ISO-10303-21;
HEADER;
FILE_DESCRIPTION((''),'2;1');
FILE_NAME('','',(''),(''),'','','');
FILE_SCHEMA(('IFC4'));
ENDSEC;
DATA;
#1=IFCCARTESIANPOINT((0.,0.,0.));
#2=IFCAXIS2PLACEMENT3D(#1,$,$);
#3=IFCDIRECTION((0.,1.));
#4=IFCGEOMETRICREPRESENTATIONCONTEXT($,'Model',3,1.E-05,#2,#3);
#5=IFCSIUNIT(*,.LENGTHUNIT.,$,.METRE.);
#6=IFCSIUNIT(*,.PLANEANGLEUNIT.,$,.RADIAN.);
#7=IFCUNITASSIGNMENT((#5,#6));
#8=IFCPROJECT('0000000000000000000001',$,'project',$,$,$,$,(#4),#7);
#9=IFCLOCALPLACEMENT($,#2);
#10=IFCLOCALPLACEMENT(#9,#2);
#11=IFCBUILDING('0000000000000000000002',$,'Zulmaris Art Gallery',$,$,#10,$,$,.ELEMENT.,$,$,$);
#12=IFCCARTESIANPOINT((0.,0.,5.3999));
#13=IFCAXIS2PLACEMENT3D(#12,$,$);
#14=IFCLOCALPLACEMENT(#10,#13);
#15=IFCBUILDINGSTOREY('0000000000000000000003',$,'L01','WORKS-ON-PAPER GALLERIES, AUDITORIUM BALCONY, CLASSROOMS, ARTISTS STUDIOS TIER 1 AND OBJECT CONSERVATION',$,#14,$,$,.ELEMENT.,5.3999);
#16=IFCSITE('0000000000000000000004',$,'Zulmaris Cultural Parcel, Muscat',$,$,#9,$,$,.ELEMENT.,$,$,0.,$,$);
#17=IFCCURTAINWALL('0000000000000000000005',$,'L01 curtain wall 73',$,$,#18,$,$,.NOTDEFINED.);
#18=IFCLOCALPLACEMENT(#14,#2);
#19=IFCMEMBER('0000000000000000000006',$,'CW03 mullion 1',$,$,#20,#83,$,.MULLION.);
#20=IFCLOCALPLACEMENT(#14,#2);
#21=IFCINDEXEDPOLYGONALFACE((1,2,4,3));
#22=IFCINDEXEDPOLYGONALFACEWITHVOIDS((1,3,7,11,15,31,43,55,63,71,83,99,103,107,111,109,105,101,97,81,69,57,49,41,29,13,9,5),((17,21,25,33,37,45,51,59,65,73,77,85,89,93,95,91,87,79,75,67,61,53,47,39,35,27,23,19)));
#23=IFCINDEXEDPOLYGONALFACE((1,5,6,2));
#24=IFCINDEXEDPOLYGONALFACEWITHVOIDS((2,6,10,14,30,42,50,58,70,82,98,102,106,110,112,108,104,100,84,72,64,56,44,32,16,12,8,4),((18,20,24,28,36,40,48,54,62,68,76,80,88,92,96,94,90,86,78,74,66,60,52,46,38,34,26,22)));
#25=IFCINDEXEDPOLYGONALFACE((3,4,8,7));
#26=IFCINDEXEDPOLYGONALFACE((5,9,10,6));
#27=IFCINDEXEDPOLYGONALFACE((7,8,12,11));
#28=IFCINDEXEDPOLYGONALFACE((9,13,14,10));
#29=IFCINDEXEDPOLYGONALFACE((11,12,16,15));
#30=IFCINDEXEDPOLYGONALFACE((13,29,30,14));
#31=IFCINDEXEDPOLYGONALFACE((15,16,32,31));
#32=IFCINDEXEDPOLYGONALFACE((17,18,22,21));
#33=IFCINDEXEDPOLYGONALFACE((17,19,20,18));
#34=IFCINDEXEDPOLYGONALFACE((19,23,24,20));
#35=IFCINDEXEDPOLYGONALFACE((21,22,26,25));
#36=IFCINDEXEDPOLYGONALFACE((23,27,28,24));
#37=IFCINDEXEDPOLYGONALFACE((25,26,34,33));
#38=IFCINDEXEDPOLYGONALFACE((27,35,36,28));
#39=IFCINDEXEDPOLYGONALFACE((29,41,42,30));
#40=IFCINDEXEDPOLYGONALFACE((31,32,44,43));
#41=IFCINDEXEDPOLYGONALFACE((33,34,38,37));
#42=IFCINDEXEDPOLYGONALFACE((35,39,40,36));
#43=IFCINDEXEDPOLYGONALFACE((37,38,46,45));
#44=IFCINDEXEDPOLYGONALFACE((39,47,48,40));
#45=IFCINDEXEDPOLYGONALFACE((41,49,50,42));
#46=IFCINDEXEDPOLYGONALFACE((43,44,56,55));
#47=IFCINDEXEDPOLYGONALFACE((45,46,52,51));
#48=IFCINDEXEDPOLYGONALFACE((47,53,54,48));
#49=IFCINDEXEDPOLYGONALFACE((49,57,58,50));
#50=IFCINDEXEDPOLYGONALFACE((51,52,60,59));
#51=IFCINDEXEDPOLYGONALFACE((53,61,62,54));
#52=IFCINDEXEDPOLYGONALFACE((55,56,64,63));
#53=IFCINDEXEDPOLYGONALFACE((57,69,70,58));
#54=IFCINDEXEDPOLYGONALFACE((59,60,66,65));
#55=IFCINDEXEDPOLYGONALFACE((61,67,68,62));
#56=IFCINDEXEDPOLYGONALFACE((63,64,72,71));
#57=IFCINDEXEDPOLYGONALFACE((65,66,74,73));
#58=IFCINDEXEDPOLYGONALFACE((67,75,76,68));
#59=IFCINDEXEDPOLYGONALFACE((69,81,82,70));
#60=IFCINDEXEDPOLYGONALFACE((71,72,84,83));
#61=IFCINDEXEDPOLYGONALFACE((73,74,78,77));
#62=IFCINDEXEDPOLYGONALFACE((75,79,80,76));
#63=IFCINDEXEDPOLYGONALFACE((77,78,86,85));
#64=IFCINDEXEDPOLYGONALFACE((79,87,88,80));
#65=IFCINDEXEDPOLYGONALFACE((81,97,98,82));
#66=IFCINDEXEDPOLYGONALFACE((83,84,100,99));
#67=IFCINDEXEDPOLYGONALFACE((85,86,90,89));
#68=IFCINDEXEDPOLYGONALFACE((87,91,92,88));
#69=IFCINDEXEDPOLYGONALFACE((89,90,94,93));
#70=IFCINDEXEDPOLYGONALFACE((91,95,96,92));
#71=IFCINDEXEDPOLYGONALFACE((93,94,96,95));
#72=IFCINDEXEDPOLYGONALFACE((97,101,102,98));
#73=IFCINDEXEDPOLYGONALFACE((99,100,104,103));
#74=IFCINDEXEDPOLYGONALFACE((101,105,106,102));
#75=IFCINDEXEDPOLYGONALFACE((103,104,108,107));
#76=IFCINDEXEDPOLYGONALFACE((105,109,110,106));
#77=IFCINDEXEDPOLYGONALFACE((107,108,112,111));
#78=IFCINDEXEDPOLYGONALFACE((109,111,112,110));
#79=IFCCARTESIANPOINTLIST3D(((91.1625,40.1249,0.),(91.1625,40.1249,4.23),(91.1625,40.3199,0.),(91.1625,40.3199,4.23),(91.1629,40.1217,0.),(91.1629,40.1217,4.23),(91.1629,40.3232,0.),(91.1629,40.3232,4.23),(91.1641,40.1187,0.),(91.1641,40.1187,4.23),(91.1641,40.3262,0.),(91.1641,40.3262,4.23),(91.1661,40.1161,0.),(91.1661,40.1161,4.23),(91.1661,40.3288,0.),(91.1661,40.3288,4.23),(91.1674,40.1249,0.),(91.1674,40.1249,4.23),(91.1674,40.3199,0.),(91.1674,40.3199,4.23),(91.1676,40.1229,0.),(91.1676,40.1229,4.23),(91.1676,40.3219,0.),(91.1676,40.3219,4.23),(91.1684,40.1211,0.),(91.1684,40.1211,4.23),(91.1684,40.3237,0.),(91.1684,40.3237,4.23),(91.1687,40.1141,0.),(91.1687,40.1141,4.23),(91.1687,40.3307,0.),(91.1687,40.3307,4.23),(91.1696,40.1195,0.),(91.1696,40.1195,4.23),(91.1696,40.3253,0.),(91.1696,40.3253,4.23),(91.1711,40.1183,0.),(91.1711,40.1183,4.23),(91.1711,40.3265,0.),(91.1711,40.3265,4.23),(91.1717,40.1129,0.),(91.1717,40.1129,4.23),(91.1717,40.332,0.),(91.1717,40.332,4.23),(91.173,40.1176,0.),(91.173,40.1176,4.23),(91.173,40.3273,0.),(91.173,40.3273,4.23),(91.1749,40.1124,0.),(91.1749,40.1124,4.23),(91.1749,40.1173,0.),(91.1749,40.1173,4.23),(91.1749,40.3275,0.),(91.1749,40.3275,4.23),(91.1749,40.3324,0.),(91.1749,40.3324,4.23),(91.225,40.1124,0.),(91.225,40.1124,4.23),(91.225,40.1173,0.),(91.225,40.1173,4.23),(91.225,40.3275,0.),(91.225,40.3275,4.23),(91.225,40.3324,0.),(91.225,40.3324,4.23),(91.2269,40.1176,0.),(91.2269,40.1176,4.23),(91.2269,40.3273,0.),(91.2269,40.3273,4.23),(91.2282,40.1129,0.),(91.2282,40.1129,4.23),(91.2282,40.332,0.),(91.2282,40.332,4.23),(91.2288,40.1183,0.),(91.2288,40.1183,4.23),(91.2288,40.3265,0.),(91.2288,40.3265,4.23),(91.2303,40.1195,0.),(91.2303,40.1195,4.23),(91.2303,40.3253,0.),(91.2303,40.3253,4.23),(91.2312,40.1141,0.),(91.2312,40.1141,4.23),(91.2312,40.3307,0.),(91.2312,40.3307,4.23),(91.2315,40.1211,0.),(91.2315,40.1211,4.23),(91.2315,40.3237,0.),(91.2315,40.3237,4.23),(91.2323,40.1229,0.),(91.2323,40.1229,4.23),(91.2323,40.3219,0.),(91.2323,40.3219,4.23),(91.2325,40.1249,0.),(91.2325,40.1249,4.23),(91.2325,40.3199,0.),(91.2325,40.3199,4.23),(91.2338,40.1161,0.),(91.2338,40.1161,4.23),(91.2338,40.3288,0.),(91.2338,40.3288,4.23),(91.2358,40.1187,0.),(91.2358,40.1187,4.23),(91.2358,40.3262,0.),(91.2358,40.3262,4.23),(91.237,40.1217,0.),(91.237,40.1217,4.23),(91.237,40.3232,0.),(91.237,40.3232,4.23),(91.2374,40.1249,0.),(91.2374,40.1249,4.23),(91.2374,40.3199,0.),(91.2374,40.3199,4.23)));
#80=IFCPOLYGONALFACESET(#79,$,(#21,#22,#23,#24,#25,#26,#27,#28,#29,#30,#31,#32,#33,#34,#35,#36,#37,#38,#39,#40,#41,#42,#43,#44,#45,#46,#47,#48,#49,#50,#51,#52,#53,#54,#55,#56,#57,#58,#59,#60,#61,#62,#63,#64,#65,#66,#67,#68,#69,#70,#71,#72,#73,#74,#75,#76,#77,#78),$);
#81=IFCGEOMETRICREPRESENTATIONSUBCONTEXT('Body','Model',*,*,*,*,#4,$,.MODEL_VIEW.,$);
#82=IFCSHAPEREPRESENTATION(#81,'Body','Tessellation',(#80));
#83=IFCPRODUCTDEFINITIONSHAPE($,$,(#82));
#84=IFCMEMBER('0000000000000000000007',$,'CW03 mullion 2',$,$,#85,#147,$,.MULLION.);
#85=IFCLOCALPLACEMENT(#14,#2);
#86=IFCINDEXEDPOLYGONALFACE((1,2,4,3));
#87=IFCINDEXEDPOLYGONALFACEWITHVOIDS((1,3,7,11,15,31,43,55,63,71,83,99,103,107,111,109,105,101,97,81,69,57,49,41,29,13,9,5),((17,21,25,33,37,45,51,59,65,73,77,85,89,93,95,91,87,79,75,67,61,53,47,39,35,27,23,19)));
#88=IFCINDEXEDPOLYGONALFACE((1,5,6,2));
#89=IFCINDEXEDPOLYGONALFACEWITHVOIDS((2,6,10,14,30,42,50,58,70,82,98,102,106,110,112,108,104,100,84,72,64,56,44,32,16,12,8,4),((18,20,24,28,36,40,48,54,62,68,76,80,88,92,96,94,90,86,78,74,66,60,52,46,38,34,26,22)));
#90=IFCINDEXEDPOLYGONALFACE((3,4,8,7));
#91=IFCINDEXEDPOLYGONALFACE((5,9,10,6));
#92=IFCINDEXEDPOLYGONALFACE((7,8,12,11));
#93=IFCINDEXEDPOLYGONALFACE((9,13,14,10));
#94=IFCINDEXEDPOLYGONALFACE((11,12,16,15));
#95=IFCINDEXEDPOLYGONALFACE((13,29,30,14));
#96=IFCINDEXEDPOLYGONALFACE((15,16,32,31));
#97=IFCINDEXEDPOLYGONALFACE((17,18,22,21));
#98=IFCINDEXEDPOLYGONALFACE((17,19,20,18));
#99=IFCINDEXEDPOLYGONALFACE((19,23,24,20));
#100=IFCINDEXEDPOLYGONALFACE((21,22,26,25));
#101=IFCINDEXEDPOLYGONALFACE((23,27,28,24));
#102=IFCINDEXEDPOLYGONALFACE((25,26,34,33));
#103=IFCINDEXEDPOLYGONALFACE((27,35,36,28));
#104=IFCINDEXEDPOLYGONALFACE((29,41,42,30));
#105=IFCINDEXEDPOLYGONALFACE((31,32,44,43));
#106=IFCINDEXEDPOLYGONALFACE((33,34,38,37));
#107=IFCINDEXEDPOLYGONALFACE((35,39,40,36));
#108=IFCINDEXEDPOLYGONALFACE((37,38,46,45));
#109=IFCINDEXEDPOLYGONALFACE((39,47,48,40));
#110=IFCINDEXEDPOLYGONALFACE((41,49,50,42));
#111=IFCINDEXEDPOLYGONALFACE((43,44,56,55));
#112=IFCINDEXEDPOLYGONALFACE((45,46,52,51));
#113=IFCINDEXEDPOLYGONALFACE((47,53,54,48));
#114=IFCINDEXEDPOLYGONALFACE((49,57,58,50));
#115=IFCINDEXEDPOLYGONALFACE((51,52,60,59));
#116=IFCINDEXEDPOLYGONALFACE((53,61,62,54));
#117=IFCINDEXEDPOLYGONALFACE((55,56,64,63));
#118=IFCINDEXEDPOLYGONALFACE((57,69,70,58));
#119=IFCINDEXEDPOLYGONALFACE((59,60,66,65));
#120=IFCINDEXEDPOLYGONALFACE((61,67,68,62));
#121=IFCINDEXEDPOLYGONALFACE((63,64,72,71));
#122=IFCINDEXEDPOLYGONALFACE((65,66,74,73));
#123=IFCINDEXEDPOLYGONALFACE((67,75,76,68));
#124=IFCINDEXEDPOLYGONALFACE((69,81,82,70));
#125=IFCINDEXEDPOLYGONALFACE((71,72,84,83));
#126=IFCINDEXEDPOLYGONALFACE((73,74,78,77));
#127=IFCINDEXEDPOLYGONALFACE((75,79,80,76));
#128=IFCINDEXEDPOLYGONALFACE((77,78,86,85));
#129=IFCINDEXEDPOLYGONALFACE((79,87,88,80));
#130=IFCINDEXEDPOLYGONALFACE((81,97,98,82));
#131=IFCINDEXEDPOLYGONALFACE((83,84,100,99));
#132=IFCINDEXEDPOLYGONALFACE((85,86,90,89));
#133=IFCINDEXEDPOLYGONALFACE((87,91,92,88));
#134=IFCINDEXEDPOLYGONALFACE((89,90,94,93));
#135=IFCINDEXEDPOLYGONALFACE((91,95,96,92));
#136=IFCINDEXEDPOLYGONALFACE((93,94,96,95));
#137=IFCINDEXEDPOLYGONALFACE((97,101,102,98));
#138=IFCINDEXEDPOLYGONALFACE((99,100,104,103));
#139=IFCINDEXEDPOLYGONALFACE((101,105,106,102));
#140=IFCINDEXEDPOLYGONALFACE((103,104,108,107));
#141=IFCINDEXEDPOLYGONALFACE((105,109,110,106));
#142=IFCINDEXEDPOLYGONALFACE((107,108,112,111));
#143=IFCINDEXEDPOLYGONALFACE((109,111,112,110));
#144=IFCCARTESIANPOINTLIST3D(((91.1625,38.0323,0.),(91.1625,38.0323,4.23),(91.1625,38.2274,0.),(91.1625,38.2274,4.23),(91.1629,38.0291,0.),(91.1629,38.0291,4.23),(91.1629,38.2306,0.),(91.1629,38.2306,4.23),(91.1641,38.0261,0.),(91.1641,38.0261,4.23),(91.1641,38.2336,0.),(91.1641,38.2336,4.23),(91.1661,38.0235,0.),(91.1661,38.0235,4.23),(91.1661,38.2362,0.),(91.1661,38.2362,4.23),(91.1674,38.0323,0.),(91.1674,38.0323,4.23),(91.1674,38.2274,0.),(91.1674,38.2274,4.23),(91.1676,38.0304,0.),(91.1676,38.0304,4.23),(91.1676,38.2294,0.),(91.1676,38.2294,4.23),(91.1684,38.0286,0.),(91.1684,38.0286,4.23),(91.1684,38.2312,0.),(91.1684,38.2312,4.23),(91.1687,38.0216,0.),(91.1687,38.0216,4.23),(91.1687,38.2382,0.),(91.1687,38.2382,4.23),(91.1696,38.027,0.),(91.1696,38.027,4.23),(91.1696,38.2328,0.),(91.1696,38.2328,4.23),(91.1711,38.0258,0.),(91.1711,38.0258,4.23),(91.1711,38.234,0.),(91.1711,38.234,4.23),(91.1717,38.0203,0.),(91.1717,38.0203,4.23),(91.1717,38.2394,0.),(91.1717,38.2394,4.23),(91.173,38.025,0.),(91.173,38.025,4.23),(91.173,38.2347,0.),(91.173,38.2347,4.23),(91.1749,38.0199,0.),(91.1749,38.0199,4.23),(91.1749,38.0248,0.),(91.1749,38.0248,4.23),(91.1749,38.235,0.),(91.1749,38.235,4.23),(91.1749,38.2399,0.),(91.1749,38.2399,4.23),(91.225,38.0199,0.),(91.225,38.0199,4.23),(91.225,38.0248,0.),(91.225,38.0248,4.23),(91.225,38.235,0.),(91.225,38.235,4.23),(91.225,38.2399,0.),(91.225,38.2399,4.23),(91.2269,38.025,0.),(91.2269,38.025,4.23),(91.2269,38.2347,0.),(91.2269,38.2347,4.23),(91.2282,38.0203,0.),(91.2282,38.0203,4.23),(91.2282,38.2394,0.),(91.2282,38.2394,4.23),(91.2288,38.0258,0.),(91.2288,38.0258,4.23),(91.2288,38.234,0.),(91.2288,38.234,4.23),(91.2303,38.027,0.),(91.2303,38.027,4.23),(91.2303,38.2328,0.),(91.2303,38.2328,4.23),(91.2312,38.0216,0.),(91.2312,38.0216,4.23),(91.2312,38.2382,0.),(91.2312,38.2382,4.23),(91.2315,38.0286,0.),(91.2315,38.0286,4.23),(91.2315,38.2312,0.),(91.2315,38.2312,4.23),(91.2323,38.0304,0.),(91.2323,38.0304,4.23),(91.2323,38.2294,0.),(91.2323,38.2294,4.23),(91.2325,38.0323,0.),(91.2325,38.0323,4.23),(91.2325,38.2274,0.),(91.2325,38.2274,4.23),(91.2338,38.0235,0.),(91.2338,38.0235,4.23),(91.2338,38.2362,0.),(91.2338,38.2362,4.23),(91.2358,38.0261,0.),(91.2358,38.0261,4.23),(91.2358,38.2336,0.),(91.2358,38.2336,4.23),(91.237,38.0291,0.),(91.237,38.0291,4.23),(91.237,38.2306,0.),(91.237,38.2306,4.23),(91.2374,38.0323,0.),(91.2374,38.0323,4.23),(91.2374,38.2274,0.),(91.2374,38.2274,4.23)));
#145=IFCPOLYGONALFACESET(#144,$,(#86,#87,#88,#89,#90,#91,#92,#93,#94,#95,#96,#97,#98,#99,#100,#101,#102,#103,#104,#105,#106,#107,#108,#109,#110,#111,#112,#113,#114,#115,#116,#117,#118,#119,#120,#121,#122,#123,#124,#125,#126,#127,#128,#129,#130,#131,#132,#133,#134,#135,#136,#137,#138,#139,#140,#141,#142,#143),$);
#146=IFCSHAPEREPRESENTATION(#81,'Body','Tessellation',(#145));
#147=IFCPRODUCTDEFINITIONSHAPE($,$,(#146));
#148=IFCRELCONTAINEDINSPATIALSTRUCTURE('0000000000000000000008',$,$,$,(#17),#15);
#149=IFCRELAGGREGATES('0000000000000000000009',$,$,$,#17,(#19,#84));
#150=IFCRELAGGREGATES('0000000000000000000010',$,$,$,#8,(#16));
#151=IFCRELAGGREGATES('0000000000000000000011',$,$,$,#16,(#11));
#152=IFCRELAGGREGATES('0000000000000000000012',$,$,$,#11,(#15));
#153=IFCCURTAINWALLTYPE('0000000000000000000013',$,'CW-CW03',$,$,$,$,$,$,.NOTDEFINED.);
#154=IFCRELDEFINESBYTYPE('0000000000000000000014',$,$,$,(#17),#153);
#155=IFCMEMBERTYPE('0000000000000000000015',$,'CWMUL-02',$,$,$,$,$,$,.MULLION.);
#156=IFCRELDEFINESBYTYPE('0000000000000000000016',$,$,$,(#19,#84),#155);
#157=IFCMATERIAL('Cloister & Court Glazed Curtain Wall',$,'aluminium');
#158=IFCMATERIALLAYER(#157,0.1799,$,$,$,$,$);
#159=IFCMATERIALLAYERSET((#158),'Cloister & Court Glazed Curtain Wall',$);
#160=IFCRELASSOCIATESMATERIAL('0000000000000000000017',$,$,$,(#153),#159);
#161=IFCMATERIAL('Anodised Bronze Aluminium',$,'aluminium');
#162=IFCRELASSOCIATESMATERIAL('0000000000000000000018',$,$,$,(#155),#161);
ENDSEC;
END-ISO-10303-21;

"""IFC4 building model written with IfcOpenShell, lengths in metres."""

from ifc_helpers import new_model, si_unit, direction, frame, origin, origin_2d, place, context, subcontext, project, spatial, hollow_rectangle, extrude, material, layer, layer_set, material_profile, profile_set, type_object, element, aggregate, save


model = new_model("IFC4")

# Units and contexts
model_context = context("Model", 3, precision=1e-05, world=origin(), true_north=direction((0.0, 1.0)))
body_context = subcontext(model_context, "Body", "Model", "MODEL_VIEW")
ifc_project = project(units=[si_unit("LENGTHUNIT", "METRE"), si_unit("PLANEANGLEUNIT", "RADIAN")], contexts=[model_context])

# Site, building, storey
site_placement = place(None, origin())
site = spatial("IfcSite", under=ifc_project, at=site_placement, Name="Zulmaris Cultural Parcel, Muscat", CompositionType="ELEMENT", RefElevation=0.0)
building_placement = place(site_placement, origin())
building = spatial("IfcBuilding", under=site, at=building_placement, Name="Zulmaris Art Gallery", CompositionType="ELEMENT")
storey_placement = place(building_placement, frame((0.0, 0.0, 5.3999)))
storey = spatial("IfcBuildingStorey", under=building, at=storey_placement, Name="L01", Description="WORKS-ON-PAPER GALLERIES, AUDITORIUM BALCONY, CLASSROOMS, ARTISTS STUDIOS TIER 1 AND OBJECT CONSERVATION", CompositionType="ELEMENT", Elevation=5.3999)

# Curtain wall, members
ifc_material_1 = material(Name="Cloister & Court Glazed Curtain Wall", Category="aluminium")
ifc_layer_1 = layer(ifc_material_1, 0.1799)
ifc_layer_set_1 = layer_set([ifc_layer_1], Name="Cloister & Court Glazed Curtain Wall")
curtain_wall_type = type_object("IfcCurtainWallType", Name="CW-CW03", PredefinedType="NOTDEFINED", material=ifc_layer_set_1)
curtain_wall_1_placement = place(storey_placement, origin())
curtain_wall_1 = element("IfcCurtainWall", 1, at=curtain_wall_1_placement, inside=storey, type_object=curtain_wall_type, Name="L01 curtain wall 73", PredefinedType="NOTDEFINED")
ifc_material_2 = material(Name="Anodised Bronze Aluminium", Category="aluminium")
ifc_material_profile_1 = material_profile(ifc_material_2, hollow_rectangle(XDim=0.075, YDim=0.22, WallThickness=0.0049, InnerFilletRadius=0.0076, OuterFilletRadius=0.0125, at=origin_2d()), Name="ALU 75x220x5")
ifc_profile_set_1 = profile_set([ifc_material_profile_1], Name="Anodised Bronze Aluminium")
member_type_1 = type_object("IfcMemberType", Name="CWMUL-02", PredefinedType="MULLION", material=ifc_profile_set_1)
member_1_placement = place(storey_placement, frame((91.2, 40.2224, 0.0), z_axis=(0.0, 0.0, 1.0), x_axis=(1.0, 0.0, 0.0)))
member_1 = element("IfcMember", 2, at=member_1_placement, type_object=member_type_1, Name="CW03 mullion 1", PredefinedType="MULLION", context=body_context, shape_type="SweptSolid", body=[
    extrude(hollow_rectangle(XDim=0.075, YDim=0.22, WallThickness=0.0049, InnerFilletRadius=0.0076, OuterFilletRadius=0.0125, at=origin_2d()), origin(), (0.0, 0.0, 1.0), 4.23),
])
member_2_placement = place(storey_placement, frame((91.2, 38.1299, 0.0), z_axis=(0.0, 0.0, 1.0), x_axis=(1.0, 0.0, 0.0)))
member_2 = element("IfcMember", 3, at=member_2_placement, type_object=member_type_1, Name="CW03 mullion 2", PredefinedType="MULLION", context=body_context, shape_type="SweptSolid", body=[
    extrude(hollow_rectangle(XDim=0.075, YDim=0.22, WallThickness=0.0049, InnerFilletRadius=0.0076, OuterFilletRadius=0.0125, at=origin_2d()), origin(), (0.0, 0.0, 1.0), 4.23),
])

aggregate(curtain_wall_1, [member_1, member_2])

save(model, "model.ifc")
